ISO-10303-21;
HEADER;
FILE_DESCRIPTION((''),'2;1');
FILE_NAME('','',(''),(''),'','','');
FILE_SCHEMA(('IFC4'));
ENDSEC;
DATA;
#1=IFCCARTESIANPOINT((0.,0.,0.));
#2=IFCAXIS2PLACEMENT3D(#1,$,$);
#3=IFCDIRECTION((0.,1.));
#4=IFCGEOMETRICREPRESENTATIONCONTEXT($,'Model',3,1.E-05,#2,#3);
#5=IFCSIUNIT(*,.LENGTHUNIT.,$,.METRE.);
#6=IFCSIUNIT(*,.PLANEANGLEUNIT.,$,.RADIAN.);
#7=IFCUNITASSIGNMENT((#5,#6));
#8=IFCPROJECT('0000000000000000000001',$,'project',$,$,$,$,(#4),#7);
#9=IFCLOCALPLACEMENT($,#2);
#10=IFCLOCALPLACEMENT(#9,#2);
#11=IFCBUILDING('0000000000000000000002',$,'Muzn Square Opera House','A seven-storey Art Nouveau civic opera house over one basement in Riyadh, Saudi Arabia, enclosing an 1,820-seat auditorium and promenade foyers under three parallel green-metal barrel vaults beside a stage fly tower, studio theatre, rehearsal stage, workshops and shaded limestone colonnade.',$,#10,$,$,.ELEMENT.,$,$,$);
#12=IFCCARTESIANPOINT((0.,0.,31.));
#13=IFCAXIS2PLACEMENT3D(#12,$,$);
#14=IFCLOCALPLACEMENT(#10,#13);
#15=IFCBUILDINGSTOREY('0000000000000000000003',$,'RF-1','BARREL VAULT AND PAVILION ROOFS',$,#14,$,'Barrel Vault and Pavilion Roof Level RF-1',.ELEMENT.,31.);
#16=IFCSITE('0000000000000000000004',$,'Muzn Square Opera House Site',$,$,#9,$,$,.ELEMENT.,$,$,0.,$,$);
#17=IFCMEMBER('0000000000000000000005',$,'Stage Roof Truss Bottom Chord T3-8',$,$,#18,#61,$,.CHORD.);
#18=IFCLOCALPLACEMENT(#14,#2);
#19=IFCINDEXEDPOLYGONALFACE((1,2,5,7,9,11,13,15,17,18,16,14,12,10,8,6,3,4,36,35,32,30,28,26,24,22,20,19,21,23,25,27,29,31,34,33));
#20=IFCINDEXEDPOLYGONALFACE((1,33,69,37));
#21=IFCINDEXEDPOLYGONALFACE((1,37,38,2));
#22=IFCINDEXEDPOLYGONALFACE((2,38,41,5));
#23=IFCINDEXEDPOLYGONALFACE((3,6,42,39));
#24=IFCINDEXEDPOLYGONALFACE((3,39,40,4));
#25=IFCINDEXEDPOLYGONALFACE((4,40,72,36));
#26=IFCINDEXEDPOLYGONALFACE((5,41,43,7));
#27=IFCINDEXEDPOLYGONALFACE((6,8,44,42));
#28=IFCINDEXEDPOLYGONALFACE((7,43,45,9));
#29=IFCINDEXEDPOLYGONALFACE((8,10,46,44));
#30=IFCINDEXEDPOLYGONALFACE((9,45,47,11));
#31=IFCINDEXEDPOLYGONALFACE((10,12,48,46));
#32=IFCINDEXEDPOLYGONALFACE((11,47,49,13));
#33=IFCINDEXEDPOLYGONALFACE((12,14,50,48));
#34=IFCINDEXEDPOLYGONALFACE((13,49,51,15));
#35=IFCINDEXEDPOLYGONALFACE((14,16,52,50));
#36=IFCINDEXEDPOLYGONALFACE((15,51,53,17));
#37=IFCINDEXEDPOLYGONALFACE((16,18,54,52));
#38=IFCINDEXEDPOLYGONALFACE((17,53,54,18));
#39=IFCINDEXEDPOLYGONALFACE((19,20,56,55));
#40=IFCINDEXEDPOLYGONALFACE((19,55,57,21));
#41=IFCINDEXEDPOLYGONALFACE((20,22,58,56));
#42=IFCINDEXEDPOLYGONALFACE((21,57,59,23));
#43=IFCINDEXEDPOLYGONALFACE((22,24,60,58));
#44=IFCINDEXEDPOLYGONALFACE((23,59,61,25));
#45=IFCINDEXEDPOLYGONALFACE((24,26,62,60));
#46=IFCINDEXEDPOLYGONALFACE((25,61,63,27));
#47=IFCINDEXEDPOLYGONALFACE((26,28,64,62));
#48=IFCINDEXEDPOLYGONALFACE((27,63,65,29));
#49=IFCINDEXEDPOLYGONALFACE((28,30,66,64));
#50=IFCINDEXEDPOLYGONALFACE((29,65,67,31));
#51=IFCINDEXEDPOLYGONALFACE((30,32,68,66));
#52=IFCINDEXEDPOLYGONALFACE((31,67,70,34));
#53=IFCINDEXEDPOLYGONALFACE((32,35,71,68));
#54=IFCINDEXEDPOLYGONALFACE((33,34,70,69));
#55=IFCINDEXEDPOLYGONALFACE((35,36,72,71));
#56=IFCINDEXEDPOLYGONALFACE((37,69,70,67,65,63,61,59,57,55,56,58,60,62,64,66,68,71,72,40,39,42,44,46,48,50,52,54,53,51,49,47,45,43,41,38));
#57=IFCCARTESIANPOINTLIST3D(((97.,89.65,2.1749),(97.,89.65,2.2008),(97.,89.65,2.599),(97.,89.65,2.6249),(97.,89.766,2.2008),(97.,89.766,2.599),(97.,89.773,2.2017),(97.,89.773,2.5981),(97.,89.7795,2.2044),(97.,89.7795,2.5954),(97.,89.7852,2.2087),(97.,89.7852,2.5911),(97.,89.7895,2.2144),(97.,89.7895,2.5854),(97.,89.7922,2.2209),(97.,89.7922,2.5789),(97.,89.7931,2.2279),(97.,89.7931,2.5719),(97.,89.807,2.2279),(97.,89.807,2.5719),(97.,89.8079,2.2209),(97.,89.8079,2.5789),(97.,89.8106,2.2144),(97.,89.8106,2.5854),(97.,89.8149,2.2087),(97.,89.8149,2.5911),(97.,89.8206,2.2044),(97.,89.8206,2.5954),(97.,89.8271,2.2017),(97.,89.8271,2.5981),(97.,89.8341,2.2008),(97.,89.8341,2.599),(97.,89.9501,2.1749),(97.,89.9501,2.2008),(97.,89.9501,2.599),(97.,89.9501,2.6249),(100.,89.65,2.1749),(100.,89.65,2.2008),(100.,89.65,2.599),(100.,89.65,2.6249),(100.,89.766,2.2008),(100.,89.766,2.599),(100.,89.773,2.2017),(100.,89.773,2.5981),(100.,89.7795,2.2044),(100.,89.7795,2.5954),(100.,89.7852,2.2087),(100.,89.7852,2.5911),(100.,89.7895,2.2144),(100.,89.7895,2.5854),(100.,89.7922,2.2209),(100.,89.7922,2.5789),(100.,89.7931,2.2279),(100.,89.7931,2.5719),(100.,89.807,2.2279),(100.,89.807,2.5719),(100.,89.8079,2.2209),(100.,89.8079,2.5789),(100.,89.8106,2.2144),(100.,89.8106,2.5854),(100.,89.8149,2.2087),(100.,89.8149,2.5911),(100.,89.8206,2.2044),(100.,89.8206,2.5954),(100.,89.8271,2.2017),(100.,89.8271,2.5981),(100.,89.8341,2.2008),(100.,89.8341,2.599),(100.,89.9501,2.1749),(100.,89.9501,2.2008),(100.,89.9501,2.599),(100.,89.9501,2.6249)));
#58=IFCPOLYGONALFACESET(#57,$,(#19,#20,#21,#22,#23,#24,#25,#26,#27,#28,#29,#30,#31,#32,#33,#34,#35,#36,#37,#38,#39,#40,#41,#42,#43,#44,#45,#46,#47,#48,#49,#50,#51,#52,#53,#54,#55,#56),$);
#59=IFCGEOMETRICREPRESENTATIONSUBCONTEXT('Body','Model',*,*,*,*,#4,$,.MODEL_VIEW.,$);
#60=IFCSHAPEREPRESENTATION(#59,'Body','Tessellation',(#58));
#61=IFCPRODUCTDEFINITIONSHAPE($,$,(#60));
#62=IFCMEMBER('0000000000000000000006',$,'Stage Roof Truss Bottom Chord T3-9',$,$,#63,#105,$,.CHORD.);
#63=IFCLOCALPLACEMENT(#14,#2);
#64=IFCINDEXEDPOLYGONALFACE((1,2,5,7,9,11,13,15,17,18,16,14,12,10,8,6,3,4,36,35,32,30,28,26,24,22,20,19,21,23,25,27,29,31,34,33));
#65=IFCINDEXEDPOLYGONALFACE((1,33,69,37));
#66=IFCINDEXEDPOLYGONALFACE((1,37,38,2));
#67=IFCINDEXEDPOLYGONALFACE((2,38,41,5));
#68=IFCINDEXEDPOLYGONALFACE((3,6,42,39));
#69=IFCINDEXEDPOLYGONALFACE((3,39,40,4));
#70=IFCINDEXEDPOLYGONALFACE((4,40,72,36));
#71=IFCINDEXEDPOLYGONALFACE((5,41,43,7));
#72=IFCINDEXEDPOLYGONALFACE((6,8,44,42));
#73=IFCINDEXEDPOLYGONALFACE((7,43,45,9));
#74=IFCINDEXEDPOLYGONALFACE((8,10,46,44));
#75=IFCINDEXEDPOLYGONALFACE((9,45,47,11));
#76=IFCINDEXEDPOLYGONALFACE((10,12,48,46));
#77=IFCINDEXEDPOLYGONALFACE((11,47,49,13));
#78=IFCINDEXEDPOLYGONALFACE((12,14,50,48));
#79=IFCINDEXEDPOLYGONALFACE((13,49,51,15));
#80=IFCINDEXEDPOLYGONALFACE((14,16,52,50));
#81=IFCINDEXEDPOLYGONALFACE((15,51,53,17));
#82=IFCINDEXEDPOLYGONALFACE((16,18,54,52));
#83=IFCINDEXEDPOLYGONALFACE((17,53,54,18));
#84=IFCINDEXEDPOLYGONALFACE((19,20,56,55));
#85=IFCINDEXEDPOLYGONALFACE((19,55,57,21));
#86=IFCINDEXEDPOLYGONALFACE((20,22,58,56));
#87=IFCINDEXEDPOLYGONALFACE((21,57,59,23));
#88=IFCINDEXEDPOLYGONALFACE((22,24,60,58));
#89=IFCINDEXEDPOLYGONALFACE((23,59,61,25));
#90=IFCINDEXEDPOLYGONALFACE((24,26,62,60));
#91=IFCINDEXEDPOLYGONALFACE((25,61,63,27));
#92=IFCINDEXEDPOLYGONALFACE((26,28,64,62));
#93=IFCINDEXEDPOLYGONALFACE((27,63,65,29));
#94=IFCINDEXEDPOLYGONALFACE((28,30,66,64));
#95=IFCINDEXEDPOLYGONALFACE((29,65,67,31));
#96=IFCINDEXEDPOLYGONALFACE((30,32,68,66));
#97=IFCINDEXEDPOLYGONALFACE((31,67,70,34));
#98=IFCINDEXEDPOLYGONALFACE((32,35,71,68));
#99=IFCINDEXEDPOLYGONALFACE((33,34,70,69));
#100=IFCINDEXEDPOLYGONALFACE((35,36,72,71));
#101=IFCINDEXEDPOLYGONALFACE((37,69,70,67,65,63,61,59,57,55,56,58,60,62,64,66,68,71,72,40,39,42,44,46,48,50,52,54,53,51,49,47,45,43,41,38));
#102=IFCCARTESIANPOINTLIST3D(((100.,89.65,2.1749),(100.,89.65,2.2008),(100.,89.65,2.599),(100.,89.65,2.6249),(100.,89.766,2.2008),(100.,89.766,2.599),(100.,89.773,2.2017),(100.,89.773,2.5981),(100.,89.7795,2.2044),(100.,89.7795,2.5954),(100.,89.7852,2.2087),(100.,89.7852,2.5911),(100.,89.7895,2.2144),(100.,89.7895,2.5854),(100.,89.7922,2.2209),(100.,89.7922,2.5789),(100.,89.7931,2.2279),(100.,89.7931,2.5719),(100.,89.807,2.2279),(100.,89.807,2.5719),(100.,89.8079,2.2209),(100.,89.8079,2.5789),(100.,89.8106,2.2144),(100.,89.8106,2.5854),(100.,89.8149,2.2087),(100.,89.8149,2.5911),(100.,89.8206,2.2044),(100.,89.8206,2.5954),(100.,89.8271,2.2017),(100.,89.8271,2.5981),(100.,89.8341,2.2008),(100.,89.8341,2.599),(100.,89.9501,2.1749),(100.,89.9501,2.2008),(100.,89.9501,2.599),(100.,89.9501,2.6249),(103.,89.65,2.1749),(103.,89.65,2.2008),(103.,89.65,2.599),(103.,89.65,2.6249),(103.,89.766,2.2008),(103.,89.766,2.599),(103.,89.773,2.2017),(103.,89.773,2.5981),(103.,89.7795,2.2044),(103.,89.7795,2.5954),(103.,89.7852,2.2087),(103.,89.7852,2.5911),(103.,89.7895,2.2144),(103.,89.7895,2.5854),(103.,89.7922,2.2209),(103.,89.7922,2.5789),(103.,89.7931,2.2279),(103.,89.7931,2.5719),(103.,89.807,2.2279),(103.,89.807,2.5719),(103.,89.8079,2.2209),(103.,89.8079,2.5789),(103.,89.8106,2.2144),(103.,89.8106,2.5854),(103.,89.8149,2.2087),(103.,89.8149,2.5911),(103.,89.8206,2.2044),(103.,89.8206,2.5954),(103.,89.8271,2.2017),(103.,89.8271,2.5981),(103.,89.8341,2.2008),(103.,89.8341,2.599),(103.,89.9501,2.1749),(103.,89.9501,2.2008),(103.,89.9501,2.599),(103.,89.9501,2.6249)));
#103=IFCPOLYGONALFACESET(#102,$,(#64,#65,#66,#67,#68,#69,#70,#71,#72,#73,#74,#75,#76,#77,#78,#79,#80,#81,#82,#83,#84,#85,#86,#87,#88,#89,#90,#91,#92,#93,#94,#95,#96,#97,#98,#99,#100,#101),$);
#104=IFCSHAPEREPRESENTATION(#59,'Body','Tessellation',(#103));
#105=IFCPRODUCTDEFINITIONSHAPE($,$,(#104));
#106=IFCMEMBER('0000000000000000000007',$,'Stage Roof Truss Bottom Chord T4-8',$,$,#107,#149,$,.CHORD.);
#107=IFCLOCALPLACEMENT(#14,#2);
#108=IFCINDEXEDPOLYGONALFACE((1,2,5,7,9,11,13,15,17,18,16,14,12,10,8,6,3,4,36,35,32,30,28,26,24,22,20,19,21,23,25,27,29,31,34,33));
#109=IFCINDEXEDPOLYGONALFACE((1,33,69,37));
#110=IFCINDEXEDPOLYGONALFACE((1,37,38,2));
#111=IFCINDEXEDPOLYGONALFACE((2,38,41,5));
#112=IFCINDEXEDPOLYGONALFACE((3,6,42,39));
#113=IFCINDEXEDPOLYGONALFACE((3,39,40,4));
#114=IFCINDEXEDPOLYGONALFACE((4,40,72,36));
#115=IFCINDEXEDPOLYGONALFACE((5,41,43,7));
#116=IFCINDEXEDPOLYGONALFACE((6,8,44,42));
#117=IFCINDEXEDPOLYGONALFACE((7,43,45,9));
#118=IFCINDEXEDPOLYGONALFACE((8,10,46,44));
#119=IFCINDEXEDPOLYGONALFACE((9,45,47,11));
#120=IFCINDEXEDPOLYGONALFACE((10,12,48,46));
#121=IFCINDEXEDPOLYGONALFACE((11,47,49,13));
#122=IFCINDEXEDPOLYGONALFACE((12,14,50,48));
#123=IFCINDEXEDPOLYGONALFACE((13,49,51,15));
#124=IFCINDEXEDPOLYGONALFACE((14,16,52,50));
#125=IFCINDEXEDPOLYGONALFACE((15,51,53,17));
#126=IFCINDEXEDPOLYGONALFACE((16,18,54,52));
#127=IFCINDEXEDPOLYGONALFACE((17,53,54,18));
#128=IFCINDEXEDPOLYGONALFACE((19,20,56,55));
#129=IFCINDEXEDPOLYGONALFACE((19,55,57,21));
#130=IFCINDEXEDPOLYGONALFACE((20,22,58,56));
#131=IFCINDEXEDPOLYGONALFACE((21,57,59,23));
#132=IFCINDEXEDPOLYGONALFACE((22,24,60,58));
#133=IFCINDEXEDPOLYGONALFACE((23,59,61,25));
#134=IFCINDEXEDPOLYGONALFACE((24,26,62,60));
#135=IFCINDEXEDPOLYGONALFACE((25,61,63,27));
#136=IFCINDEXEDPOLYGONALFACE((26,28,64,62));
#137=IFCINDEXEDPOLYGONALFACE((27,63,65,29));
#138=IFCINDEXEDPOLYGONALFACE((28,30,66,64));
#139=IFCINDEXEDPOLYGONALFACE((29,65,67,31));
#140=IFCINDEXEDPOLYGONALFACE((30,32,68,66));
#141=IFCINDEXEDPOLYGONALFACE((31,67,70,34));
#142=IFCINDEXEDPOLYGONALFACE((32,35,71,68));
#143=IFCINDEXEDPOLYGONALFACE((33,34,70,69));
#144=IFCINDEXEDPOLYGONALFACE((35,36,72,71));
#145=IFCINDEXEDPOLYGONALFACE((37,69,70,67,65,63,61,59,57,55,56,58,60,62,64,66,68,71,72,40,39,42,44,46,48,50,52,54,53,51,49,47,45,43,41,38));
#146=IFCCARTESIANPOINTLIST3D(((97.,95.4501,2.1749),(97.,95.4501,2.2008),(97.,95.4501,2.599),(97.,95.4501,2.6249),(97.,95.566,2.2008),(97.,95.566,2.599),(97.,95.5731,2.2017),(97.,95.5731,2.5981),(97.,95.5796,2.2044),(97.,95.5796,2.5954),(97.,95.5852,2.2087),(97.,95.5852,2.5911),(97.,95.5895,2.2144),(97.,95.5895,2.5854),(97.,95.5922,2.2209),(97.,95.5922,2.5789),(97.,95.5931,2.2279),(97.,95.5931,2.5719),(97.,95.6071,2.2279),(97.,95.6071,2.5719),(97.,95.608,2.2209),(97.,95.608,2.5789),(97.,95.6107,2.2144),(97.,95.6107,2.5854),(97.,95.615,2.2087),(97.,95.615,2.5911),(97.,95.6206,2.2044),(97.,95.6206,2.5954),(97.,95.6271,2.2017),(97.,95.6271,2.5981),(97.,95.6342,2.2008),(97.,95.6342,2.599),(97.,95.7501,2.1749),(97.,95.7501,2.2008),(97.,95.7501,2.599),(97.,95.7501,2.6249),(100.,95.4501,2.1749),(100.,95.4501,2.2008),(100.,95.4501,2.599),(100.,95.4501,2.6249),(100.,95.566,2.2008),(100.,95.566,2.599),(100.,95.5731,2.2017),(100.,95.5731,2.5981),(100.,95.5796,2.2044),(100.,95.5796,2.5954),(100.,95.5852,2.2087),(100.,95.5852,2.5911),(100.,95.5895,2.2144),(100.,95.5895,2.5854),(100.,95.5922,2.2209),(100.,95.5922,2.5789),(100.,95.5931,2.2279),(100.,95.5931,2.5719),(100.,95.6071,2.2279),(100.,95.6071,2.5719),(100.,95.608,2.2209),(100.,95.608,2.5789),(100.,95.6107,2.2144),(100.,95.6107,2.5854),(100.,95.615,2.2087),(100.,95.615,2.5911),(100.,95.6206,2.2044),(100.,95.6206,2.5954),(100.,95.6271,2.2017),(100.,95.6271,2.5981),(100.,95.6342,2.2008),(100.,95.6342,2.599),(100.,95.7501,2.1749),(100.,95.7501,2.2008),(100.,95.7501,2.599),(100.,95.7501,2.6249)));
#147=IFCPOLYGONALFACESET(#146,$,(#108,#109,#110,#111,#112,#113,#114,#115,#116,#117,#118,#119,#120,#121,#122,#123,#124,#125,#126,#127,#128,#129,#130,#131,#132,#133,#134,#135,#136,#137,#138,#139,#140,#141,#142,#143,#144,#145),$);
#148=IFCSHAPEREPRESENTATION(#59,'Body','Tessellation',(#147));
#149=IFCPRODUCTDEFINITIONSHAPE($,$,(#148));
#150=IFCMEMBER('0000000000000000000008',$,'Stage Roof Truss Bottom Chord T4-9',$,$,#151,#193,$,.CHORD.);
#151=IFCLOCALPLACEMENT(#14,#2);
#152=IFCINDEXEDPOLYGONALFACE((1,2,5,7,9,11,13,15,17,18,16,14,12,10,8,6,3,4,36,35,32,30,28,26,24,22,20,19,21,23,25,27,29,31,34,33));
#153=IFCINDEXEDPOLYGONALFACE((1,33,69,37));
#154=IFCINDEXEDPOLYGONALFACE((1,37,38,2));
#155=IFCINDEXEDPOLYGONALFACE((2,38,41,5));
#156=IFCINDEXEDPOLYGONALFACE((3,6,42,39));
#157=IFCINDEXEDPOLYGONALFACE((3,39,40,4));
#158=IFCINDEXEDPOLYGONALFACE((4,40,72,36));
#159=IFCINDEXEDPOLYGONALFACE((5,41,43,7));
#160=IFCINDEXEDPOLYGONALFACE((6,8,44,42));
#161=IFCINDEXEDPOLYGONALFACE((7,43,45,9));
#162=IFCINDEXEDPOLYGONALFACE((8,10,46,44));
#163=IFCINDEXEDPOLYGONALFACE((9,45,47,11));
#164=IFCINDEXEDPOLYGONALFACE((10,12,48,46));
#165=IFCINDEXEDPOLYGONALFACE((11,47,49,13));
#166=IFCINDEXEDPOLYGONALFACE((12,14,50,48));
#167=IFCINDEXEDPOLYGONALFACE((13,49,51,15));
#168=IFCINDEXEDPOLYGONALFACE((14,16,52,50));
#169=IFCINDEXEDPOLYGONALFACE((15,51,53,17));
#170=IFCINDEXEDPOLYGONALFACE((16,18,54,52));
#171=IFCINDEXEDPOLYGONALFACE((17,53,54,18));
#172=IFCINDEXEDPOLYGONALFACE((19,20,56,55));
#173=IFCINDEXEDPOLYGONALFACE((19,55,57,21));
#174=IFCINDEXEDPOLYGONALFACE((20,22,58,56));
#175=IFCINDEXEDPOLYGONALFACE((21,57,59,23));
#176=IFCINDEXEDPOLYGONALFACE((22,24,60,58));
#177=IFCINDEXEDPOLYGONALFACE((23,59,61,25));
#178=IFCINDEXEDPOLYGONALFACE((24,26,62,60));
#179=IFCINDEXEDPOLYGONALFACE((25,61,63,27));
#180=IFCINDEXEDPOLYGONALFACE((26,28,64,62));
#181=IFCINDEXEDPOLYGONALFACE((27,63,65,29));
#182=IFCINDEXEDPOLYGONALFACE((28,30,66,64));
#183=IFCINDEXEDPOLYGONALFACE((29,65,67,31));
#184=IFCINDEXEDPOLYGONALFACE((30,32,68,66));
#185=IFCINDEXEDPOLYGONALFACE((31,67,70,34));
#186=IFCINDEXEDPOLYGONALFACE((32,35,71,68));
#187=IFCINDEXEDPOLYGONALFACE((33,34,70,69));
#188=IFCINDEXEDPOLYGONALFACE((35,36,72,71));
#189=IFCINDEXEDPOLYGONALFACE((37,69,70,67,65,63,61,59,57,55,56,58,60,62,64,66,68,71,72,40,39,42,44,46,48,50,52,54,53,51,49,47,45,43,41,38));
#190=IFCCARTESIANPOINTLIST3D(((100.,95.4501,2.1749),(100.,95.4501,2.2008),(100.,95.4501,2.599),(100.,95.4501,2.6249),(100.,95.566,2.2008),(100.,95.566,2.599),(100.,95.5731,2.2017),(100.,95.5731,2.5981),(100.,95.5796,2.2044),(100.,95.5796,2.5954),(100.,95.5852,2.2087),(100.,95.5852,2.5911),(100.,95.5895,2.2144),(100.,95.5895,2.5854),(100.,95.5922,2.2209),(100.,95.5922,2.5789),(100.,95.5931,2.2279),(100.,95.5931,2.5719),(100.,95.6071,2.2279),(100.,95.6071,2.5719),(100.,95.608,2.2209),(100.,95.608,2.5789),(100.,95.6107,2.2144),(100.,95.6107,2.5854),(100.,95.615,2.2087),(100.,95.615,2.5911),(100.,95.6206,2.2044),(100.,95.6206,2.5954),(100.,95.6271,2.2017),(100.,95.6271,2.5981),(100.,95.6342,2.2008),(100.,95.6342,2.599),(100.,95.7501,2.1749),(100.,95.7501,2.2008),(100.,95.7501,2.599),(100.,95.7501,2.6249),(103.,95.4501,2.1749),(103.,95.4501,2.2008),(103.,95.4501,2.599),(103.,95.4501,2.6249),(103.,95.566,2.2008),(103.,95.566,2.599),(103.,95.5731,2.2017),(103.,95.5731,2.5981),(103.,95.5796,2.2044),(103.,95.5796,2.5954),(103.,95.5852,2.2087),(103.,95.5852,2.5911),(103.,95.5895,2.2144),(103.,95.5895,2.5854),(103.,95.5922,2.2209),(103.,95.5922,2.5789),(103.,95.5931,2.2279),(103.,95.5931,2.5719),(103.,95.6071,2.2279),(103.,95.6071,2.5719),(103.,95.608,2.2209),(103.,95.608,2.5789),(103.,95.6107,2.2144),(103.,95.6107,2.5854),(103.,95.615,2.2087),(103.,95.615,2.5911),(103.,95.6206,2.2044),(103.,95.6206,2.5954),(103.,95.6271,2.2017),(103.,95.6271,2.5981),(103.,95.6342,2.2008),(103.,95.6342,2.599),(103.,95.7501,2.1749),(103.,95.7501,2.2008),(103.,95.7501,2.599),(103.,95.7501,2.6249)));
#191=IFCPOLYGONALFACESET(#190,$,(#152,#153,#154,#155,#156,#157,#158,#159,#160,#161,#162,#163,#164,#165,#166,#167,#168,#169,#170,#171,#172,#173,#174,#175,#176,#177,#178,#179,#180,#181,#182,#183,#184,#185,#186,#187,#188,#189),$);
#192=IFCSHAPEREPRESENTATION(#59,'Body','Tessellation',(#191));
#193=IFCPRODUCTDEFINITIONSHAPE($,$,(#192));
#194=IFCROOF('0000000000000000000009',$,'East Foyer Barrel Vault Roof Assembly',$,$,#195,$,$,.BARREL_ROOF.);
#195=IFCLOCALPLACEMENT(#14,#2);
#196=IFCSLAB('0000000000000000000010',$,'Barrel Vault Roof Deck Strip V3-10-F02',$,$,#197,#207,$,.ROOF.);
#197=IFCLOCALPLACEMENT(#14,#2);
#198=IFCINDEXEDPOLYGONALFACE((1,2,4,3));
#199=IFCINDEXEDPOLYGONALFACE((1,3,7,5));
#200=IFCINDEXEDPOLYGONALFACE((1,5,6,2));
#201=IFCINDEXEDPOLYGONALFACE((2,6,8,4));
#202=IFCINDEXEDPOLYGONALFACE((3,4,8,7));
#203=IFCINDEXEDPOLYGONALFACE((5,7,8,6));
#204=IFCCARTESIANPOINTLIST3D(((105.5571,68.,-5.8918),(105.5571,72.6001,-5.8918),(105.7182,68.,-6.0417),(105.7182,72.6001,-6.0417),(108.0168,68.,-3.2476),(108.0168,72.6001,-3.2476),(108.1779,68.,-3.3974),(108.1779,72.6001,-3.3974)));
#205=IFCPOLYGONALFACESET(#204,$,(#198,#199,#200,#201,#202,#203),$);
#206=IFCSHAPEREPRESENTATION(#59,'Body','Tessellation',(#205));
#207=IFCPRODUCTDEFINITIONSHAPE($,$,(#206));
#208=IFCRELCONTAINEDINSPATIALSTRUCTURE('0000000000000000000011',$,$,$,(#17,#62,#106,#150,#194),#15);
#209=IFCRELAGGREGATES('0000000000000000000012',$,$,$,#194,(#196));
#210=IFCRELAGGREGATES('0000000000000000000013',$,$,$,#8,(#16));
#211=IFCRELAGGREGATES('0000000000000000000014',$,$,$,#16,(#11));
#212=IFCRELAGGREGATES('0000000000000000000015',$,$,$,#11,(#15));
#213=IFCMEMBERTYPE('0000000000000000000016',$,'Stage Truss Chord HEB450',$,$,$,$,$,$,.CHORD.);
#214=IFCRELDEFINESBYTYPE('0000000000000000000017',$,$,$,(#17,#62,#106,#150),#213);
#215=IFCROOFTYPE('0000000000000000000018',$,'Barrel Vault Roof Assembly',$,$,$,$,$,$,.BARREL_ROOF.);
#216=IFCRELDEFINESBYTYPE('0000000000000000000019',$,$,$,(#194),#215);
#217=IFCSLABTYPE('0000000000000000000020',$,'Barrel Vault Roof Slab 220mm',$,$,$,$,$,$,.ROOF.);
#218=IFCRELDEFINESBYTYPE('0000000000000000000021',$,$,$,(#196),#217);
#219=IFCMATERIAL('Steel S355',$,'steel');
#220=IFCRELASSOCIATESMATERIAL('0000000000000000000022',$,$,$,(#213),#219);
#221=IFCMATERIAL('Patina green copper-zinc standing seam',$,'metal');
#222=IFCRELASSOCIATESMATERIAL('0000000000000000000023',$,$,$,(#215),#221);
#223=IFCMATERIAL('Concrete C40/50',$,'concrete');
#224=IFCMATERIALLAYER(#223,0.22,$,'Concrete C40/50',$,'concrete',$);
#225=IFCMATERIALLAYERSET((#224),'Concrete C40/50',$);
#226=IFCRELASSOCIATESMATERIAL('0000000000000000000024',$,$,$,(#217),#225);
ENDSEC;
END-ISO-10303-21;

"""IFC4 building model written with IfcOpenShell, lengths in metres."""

from ifc_helpers import new_model, si_unit, direction, frame, origin, origin_2d, place, context, subcontext, project, spatial, polyline, i_section, outline, extrude, material, layer, layer_set, material_profile, profile_set, type_object, element, aggregate, save


model = new_model("IFC4")

# Units and contexts
model_context = context("Model", 3, precision=1e-05, world=origin(), true_north=direction((0.0, 1.0)))
body_context = subcontext(model_context, "Body", "Model", "MODEL_VIEW")
ifc_project = project(units=[si_unit("LENGTHUNIT", "METRE"), si_unit("PLANEANGLEUNIT", "RADIAN")], contexts=[model_context])

# Site, building, storey
site_placement = place(None, origin())
site = spatial("IfcSite", under=ifc_project, at=site_placement, Name="Muzn Square Opera House Site", CompositionType="ELEMENT", RefElevation=0.0)
building_placement = place(site_placement, origin())
building = spatial("IfcBuilding", under=site, at=building_placement, Name="Muzn Square Opera House", Description="A seven-storey Art Nouveau civic opera house over one basement in Riyadh, Saudi Arabia, enclosing an 1,820-seat auditorium and promenade foyers under three parallel green-metal barrel vaults beside a stage fly tower, studio theatre, rehearsal stage, workshops and shaded limestone colonnade.", CompositionType="ELEMENT")
storey_placement = place(building_placement, frame((0.0, 0.0, 31.0)))
storey = spatial("IfcBuildingStorey", under=building, at=storey_placement, Name="RF-1", Description="BARREL VAULT AND PAVILION ROOFS", LongName="Barrel Vault and Pavilion Roof Level RF-1", CompositionType="ELEMENT", Elevation=31.0)

# Shared definitions
ifc_material_1 = material(Name="Steel S355", Category="steel")

# Shared definitions
ifc_material_2 = material(Name="Concrete C40/50", Category="concrete")

# Members
ifc_material_profile_1 = material_profile(ifc_material_1, i_section(OverallWidth=0.3, OverallDepth=0.45, WebThickness=0.0139, FlangeThickness=0.0259, FilletRadius=0.0271, at=origin_2d()), Name="HEB 450", Category="steel")
ifc_profile_set_1 = profile_set([ifc_material_profile_1], Name="Steel S355")
member_type = type_object("IfcMemberType", Name="Stage Truss Chord HEB450", PredefinedType="CHORD", material=ifc_profile_set_1)
for number, where, z_axis, x_axis, name in (
    (1, (97.0, 89.8, 2.3999), (1.0, 0.0, 0.0), (0.0, 1.0, 0.0), "Stage Roof Truss Bottom Chord T3-8"),
    (2, (100.0, 89.8, 2.3999), (1.0, 0.0, 0.0), (0.0, 1.0, 0.0), "Stage Roof Truss Bottom Chord T3-9"),
    (3, (97.0, 95.6001, 2.3999), (1.0, 0.0, 0.0), (0.0, 1.0, 0.0), "Stage Roof Truss Bottom Chord T4-8"),
    (4, (100.0, 95.6001, 2.3999), (1.0, 0.0, 0.0), (0.0, 1.0, 0.0), "Stage Roof Truss Bottom Chord T4-9"),
):
    element("IfcMember", number, at=place(storey_placement, frame(where, z_axis=z_axis, x_axis=x_axis)), inside=storey, type_object=member_type, Name=name, PredefinedType="CHORD", context=body_context, shape_type="SweptSolid", body=[
        extrude(i_section(OverallWidth=0.3, OverallDepth=0.45, WebThickness=0.0139, FlangeThickness=0.0259, FilletRadius=0.0271, at=origin_2d()), origin(), (0.0, 0.0, 1.0), 3.0),
    ])

# Roof, slab
ifc_material_3 = material(Name="Patina green copper-zinc standing seam", Category="metal")
roof_type = type_object("IfcRoofType", Name="Barrel Vault Roof Assembly", PredefinedType="BARREL_ROOF", material=ifc_material_3)
roof_placement = place(storey_placement, origin())
roof = element("IfcRoof", 5, at=roof_placement, inside=storey, type_object=roof_type, Name="East Foyer Barrel Vault Roof Assembly", PredefinedType="BARREL_ROOF")
ifc_layer_1 = layer(ifc_material_2, 0.22, Name="Concrete C40/50", Category="concrete")
ifc_layer_set_1 = layer_set([ifc_layer_1], Name="Concrete C40/50")
slab_type = type_object("IfcSlabType", Name="Barrel Vault Roof Slab 220mm", PredefinedType="ROOF", material=ifc_layer_set_1)
slab_placement = place(storey_placement, frame((108.0168, 68.0, -3.2476), z_axis=(-0.732198, 0.0, 0.681091), x_axis=(0.0, 1.0, 0.0)))
slab = element("IfcSlab", 6, at=slab_placement, type_object=slab_type, Name="Barrel Vault Roof Deck Strip V3-10-F02", PredefinedType="ROOF", context=body_context, shape_type="SweptSolid", body=[
    extrude(outline(polyline([(0.0, 3.6114), (0.0, 0.0), (4.6001, 0.0), (4.6001, 3.6114), (0.0, 3.6114)])), origin(), (0.0, 0.0, -1.0), 0.22),
])
aggregate(roof, [slab])

save(model, "model.ifc")
